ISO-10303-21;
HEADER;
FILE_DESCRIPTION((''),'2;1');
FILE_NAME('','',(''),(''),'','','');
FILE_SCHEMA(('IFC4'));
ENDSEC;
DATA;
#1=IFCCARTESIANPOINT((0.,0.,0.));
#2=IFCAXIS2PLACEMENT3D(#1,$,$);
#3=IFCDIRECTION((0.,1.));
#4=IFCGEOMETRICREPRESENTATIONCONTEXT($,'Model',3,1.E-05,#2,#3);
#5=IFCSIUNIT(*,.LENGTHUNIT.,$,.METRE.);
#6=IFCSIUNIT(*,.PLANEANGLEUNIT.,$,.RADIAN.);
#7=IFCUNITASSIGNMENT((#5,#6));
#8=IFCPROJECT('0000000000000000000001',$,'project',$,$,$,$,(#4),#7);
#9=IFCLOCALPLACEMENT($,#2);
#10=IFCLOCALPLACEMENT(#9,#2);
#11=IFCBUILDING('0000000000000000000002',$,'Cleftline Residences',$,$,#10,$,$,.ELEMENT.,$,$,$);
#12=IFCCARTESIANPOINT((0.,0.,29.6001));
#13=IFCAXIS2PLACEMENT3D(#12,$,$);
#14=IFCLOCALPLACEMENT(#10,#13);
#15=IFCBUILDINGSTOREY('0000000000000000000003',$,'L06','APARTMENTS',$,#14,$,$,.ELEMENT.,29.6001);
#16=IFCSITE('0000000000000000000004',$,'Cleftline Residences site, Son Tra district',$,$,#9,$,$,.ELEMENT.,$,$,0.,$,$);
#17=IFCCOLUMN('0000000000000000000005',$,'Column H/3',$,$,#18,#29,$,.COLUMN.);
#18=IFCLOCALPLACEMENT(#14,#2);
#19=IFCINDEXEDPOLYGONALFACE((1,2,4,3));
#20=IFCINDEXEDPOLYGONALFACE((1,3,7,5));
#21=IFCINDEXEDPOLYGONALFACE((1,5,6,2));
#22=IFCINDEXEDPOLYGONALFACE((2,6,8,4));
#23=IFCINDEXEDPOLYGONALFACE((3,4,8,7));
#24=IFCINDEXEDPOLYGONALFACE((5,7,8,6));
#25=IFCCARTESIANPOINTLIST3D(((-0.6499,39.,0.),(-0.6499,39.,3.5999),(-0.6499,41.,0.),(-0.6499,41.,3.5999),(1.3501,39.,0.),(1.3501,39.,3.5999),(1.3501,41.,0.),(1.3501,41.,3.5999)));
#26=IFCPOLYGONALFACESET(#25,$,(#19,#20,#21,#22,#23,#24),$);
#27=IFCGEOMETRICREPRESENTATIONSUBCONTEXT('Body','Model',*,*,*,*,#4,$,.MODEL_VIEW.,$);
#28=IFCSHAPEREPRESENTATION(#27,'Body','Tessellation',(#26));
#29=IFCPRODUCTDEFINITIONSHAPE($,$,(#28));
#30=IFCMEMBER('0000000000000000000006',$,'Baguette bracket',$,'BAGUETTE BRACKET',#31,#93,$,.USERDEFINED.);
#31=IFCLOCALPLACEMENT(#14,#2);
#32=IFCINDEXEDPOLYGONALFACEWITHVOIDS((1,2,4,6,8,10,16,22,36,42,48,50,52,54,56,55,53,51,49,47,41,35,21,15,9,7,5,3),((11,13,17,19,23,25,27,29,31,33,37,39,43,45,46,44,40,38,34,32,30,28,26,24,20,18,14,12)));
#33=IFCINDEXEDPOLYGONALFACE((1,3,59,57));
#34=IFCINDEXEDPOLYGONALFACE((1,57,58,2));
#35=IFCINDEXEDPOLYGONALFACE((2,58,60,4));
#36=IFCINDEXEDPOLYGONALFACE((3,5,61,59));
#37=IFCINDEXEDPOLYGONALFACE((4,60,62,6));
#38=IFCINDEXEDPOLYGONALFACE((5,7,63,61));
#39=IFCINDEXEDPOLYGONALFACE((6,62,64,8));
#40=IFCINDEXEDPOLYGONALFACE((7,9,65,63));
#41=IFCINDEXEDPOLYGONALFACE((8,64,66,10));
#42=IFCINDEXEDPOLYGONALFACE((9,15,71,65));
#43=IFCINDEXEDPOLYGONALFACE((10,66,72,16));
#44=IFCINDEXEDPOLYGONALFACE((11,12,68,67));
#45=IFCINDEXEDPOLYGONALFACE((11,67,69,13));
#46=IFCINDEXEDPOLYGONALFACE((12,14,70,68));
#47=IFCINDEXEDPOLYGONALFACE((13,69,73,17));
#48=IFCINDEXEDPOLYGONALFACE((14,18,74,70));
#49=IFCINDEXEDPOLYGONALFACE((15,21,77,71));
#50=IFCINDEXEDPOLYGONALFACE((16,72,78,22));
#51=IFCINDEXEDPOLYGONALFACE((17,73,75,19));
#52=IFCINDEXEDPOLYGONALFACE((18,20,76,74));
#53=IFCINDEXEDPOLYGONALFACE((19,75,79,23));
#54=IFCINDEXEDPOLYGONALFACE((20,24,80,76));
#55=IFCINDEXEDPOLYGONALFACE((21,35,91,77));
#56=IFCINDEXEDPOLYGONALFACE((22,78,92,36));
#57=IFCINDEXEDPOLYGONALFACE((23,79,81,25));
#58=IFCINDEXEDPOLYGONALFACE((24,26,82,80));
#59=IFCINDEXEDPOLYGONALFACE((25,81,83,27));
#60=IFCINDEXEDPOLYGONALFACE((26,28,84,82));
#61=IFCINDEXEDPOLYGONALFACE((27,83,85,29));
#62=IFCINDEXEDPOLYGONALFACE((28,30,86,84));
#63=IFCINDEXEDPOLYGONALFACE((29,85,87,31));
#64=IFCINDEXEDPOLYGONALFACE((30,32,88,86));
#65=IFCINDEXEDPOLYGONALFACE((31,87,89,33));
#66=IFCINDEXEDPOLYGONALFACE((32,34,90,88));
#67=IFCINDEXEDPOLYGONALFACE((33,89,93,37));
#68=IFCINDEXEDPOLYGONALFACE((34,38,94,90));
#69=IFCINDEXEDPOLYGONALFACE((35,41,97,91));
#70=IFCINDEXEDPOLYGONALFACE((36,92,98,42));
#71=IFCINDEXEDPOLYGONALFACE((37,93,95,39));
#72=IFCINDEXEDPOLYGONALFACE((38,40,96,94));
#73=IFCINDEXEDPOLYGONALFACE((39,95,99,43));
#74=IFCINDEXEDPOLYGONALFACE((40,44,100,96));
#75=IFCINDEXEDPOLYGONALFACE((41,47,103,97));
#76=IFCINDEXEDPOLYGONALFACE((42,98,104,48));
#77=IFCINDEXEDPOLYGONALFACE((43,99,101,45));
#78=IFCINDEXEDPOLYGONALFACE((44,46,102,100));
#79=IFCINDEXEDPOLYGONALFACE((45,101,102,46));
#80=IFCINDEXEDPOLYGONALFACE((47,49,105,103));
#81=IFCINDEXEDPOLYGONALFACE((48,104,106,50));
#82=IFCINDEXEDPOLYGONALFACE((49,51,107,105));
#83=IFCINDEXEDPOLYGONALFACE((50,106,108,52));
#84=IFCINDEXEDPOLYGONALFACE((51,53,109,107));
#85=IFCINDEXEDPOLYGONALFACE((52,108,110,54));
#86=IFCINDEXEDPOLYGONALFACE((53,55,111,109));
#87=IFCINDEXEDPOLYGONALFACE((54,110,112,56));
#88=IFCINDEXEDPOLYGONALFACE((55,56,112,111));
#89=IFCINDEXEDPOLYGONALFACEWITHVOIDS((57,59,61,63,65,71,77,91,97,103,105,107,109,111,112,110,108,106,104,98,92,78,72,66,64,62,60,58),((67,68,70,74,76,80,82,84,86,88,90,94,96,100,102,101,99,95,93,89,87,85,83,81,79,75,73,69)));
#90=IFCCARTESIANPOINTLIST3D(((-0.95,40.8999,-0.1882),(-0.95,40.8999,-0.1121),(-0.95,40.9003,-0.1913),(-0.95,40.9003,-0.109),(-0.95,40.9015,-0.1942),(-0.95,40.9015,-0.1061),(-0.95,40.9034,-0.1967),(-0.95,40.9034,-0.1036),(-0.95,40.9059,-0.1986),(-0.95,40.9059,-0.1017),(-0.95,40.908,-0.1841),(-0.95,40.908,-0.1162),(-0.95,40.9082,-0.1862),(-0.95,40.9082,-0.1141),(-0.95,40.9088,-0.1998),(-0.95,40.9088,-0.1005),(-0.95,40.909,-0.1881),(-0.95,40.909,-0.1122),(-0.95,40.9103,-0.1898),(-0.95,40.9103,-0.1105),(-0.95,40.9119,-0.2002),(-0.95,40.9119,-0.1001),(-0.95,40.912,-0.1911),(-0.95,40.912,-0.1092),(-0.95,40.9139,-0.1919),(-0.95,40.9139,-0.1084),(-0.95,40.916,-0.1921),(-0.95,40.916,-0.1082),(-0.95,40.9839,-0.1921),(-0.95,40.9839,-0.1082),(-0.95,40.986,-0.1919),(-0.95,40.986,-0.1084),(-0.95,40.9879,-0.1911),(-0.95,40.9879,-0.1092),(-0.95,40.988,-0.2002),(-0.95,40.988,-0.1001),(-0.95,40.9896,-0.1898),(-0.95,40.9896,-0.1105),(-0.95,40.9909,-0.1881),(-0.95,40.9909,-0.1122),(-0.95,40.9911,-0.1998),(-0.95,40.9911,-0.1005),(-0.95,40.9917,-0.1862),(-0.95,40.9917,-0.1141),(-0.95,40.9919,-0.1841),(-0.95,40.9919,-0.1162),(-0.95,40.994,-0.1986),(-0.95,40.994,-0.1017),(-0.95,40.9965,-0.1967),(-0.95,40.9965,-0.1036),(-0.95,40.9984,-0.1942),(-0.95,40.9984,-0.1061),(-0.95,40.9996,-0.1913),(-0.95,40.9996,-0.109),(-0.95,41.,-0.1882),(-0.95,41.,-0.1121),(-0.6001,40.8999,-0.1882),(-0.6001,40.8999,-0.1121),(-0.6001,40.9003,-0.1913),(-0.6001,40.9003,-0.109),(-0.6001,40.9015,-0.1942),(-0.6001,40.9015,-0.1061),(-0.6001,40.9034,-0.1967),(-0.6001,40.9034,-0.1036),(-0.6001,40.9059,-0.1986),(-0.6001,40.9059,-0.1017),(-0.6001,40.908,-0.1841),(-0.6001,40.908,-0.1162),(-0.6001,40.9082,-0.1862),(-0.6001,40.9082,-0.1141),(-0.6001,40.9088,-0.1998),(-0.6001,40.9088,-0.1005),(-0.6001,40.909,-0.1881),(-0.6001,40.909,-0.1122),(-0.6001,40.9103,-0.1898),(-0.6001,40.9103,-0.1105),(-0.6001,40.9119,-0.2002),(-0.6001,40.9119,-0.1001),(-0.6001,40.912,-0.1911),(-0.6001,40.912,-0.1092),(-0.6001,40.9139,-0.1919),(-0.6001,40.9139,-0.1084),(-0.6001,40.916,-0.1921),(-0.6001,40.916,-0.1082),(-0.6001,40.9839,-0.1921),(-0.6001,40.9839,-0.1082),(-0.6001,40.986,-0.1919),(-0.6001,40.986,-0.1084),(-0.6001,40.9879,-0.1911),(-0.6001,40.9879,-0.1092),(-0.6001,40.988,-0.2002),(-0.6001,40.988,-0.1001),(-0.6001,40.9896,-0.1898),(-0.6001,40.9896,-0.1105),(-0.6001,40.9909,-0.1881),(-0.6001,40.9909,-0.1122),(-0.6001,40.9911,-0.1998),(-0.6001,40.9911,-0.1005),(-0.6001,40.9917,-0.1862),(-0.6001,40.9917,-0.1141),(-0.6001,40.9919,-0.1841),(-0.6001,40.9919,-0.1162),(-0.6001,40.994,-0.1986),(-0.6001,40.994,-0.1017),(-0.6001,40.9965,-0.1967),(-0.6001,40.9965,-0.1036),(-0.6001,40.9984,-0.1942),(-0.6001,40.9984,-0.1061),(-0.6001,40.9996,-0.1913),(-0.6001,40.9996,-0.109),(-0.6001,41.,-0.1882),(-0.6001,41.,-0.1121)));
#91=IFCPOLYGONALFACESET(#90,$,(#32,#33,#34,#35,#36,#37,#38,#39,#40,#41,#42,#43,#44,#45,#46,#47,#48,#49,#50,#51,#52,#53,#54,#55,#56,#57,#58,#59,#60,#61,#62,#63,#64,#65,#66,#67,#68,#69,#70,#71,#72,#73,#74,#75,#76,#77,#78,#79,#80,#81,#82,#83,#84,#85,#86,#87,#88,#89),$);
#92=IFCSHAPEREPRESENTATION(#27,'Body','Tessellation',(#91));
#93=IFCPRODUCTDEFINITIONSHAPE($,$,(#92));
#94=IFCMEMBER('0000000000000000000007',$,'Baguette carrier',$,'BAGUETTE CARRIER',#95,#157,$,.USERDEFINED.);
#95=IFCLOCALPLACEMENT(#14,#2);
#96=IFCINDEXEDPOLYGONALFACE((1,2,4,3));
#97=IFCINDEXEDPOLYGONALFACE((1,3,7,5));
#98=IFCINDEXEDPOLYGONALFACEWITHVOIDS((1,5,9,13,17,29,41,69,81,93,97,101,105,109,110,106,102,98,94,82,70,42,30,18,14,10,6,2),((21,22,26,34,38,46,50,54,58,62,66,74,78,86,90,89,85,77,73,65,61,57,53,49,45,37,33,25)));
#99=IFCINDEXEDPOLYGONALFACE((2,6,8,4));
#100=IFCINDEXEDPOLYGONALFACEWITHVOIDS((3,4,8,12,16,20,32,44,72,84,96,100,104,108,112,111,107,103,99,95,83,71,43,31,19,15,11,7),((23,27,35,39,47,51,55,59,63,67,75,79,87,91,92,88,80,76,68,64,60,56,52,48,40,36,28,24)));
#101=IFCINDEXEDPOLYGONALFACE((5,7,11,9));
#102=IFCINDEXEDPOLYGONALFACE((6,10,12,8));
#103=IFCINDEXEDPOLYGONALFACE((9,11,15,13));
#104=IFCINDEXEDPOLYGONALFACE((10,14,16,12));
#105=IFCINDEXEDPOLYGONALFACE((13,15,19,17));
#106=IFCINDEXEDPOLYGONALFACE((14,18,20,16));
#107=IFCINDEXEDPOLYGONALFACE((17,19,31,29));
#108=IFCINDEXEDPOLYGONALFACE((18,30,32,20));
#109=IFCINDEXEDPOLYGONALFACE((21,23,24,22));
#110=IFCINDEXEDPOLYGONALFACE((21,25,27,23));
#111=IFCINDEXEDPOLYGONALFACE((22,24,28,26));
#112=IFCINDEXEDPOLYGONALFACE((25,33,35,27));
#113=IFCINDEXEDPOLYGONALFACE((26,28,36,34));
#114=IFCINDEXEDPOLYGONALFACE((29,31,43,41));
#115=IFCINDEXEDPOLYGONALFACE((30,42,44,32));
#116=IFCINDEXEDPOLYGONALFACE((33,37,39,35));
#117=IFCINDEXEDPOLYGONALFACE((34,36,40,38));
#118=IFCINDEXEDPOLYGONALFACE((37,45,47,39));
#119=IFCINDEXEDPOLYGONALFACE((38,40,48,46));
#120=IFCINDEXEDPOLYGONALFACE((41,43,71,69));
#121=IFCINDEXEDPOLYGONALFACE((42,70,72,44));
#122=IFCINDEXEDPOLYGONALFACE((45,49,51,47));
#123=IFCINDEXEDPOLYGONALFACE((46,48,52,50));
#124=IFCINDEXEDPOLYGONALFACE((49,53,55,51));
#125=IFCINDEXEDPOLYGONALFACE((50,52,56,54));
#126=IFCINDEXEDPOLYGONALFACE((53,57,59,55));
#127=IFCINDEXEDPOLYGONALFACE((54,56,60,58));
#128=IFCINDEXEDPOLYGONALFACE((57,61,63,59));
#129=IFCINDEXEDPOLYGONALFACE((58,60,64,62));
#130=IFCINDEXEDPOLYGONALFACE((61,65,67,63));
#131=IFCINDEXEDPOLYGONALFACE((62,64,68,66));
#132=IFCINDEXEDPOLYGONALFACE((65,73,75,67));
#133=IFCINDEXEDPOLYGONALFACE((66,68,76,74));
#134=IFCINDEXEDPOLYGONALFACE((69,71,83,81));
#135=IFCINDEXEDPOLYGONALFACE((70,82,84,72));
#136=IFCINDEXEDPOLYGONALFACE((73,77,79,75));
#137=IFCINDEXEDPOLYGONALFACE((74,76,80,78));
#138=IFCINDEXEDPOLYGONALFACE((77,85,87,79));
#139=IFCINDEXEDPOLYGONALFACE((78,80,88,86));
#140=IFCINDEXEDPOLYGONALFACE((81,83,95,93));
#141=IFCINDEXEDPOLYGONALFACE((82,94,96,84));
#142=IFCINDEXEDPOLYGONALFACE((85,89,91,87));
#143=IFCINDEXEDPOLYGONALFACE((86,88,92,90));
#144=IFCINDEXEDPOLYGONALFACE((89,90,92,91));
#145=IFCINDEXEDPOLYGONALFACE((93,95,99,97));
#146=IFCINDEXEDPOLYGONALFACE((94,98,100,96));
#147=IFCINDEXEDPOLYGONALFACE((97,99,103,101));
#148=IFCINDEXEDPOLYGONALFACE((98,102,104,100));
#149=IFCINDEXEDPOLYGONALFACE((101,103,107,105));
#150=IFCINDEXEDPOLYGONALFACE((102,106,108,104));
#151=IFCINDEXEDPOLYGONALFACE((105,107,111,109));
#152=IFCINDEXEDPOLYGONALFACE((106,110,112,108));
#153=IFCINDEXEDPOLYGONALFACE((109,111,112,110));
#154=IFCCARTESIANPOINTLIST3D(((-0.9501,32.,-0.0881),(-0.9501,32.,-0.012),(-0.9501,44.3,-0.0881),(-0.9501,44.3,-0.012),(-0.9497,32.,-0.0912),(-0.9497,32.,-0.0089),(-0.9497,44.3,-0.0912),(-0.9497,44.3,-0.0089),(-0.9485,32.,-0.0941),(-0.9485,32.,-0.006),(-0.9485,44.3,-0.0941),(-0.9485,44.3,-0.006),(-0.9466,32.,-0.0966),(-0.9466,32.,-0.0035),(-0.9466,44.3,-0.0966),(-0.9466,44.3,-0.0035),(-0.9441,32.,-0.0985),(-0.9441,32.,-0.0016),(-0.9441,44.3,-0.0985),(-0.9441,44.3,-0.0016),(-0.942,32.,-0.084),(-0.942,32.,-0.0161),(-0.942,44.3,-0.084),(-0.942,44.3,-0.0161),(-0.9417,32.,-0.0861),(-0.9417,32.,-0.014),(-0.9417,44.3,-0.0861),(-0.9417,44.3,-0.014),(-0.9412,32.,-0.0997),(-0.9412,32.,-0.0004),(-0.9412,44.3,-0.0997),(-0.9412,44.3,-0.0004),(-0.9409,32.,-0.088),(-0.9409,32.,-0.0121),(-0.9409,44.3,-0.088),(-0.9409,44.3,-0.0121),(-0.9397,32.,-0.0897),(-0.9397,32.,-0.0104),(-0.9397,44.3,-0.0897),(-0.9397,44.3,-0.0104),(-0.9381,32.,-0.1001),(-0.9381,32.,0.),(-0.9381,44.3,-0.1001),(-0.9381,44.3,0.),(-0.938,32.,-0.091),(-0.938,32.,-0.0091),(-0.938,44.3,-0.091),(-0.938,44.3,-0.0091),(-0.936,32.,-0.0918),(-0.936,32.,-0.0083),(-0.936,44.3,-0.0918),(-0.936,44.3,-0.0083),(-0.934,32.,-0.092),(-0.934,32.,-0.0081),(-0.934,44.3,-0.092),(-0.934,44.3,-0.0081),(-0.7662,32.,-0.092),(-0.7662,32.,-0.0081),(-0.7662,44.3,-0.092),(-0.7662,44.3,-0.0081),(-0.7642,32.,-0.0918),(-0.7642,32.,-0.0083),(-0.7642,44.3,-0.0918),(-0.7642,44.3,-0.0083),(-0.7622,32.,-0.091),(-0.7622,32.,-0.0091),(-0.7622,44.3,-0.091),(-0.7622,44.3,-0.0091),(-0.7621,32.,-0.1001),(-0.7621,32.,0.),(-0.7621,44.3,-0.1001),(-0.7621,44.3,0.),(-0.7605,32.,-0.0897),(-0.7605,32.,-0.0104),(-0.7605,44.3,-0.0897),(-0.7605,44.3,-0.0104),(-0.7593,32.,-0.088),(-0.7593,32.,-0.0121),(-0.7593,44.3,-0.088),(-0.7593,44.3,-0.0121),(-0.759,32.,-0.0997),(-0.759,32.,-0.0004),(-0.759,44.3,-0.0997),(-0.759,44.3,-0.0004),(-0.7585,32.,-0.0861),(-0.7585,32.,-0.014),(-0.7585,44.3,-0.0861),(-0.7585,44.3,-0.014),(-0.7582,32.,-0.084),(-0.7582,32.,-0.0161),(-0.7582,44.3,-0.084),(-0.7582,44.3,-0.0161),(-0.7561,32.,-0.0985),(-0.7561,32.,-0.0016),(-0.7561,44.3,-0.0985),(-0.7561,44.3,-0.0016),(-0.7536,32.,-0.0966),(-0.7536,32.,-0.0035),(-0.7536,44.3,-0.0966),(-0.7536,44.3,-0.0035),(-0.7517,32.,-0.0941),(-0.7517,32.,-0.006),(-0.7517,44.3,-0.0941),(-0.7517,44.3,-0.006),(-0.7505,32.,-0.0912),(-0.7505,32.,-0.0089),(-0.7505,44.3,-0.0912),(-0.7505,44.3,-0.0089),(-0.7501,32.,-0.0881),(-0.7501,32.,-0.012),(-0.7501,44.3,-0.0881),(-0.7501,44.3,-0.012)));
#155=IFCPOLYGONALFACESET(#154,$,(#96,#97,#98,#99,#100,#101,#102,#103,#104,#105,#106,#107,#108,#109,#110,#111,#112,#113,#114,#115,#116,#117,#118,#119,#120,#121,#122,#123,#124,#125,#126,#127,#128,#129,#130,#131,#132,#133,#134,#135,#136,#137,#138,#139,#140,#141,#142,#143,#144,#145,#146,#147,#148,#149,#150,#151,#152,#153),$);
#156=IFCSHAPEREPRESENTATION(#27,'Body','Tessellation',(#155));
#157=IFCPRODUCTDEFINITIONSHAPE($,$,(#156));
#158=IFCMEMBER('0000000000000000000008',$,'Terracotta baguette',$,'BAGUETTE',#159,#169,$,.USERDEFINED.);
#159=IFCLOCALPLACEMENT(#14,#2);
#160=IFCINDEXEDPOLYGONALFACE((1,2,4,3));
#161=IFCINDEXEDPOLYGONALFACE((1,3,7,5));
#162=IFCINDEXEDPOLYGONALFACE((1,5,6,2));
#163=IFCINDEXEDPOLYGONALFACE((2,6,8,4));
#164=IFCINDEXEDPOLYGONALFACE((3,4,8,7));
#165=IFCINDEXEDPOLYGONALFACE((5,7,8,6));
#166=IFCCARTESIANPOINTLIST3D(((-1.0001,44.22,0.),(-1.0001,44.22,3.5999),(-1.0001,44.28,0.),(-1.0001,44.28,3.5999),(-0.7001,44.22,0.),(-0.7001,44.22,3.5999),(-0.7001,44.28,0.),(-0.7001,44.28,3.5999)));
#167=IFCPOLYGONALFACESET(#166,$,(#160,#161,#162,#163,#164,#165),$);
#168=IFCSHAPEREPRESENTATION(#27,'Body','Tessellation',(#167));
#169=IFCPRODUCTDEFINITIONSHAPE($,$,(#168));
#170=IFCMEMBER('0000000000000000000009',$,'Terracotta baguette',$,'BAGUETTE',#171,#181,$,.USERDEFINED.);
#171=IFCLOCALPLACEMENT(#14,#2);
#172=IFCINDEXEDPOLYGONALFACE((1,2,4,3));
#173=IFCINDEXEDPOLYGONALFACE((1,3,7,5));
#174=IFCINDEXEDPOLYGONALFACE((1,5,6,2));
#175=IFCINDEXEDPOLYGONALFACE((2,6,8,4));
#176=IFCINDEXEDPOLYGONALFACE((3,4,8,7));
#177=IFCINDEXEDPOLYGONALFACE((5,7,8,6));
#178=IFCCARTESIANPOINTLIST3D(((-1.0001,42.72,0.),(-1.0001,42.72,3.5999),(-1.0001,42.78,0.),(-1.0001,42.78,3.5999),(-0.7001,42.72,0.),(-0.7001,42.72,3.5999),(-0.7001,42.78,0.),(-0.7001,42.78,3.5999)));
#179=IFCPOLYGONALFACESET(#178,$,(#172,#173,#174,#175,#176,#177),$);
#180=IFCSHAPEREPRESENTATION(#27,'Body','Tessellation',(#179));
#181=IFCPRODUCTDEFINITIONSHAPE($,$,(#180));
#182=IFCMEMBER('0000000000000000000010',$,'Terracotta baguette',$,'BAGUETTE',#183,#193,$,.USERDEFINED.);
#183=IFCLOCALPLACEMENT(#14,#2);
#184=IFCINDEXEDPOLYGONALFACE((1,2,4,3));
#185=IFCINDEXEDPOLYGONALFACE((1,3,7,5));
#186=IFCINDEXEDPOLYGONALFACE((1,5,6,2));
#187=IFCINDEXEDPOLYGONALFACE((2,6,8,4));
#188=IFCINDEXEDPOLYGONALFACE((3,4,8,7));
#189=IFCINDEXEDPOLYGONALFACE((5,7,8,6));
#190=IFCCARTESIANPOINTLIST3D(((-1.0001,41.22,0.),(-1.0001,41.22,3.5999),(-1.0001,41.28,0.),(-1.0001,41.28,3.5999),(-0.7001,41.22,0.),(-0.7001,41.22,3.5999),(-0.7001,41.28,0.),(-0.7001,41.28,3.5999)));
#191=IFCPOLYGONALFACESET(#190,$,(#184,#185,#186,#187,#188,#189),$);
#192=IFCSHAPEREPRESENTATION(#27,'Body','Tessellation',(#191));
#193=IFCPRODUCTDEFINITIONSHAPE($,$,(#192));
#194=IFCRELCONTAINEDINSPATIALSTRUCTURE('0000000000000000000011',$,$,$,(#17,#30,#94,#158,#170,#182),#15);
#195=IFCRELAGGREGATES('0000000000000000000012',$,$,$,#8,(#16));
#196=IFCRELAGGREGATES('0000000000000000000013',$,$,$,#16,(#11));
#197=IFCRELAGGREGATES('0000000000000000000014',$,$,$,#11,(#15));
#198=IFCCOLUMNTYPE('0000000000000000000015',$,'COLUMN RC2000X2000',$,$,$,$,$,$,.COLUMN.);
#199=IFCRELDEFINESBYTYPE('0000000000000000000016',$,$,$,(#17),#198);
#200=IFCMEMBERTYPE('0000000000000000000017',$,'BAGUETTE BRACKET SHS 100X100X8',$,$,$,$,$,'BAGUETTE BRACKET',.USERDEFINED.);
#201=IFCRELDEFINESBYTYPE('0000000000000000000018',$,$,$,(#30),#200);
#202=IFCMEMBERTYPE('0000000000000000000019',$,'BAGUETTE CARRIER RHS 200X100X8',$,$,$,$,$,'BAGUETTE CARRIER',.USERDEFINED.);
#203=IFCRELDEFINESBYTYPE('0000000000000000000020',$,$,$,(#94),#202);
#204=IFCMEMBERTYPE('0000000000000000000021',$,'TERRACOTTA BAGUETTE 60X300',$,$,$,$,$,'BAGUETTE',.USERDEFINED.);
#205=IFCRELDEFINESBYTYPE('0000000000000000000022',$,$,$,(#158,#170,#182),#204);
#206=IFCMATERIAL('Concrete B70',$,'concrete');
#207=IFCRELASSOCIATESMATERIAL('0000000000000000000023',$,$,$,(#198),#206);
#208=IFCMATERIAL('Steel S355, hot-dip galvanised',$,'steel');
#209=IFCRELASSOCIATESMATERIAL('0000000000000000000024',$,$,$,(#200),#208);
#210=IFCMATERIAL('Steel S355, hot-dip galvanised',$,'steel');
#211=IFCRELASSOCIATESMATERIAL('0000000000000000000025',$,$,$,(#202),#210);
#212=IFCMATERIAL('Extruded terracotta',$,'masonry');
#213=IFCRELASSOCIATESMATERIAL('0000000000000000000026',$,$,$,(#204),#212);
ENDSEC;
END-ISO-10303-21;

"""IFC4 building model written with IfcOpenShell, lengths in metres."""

from ifc_helpers import new_model, si_unit, direction, frame, origin, origin_2d, place, context, subcontext, project, spatial, rectangle, hollow_rectangle, extrude, material, material_profile, profile_set, type_object, element, save


model = new_model("IFC4")

# Units and contexts
model_context = context("Model", 3, precision=1e-05, world=origin(), true_north=direction((0.0, 1.0)))
body_context = subcontext(model_context, "Body", "Model", "MODEL_VIEW")
ifc_project = project(units=[si_unit("LENGTHUNIT", "METRE"), si_unit("PLANEANGLEUNIT", "RADIAN")], contexts=[model_context])

# Site, building, storey
site_placement = place(None, origin())
site = spatial("IfcSite", under=ifc_project, at=site_placement, Name="Cleftline Residences site, Son Tra district", CompositionType="ELEMENT", RefElevation=0.0)
building_placement = place(site_placement, origin())
building = spatial("IfcBuilding", under=site, at=building_placement, Name="Cleftline Residences", CompositionType="ELEMENT")
storey_placement = place(building_placement, frame((0.0, 0.0, 29.6001)))
storey = spatial("IfcBuildingStorey", under=building, at=storey_placement, Name="L06", Description="APARTMENTS", CompositionType="ELEMENT", Elevation=29.6001)

# Column
ifc_material_1 = material(Name="Concrete B70", Category="concrete")
ifc_material_profile_1 = material_profile(ifc_material_1, rectangle(XDim=2.0, YDim=2.0, at=origin_2d()))
ifc_profile_set_1 = profile_set([ifc_material_profile_1], Name="Concrete B70")
column_type = type_object("IfcColumnType", Name="COLUMN RC2000X2000", PredefinedType="COLUMN", material=ifc_profile_set_1)
column_placement = place(storey_placement, frame((0.3501, 40.0, 0.0), z_axis=(0.0, 0.0, 1.0), x_axis=(1.0, 0.0, 0.0)))
element("IfcColumn", 1, at=column_placement, inside=storey, type_object=column_type, Name="Column H/3", PredefinedType="COLUMN", context=body_context, shape_type="SweptSolid", body=[
    extrude(rectangle(XDim=2.0, YDim=2.0, at=origin_2d()), origin(), (0.0, 0.0, 1.0), 3.5999),
])

# Members
ifc_material_2 = material(Name="Steel S355, hot-dip galvanised", Category="steel")
ifc_material_profile_2 = material_profile(ifc_material_2, hollow_rectangle(XDim=0.1001, YDim=0.1001, WallThickness=0.0081, InnerFilletRadius=0.0081, OuterFilletRadius=0.012, at=origin_2d()))
ifc_profile_set_2 = profile_set([ifc_material_profile_2], Name="Steel S355, hot-dip galvanised")
member_type_1 = type_object("IfcMemberType", Name="BAGUETTE BRACKET SHS 100X100X8", ElementType="BAGUETTE BRACKET", PredefinedType="USERDEFINED", material=ifc_profile_set_2)
member_1_placement = place(storey_placement, frame((-0.6001, 40.95, -0.1501), z_axis=(-1.0, 0.0, 0.0), x_axis=(0.0, -1.0, 0.0)))
element("IfcMember", 2, at=member_1_placement, inside=storey, type_object=member_type_1, Name="Baguette bracket", ObjectType="BAGUETTE BRACKET", PredefinedType="USERDEFINED", context=body_context, shape_type="SweptSolid", body=[
    extrude(hollow_rectangle(XDim=0.1001, YDim=0.1001, WallThickness=0.0081, InnerFilletRadius=0.0081, OuterFilletRadius=0.012, at=origin_2d()), origin(), (0.0, 0.0, 1.0), 0.3499),
])
ifc_material_3 = material(Name="Steel S355, hot-dip galvanised", Category="steel")
ifc_material_profile_3 = material_profile(ifc_material_3, hollow_rectangle(XDim=0.1001, YDim=0.2, WallThickness=0.0081, InnerFilletRadius=0.0081, OuterFilletRadius=0.012, at=origin_2d()))
ifc_profile_set_3 = profile_set([ifc_material_profile_3], Name="Steel S355, hot-dip galvanised")
member_type_2 = type_object("IfcMemberType", Name="BAGUETTE CARRIER RHS 200X100X8", ElementType="BAGUETTE CARRIER", PredefinedType="USERDEFINED", material=ifc_profile_set_3)
member_2_placement = place(storey_placement, frame((-0.8501, 44.3, -0.05), z_axis=(0.0, -1.0, 0.0), x_axis=(0.0, 0.0, 1.0)))
element("IfcMember", 3, at=member_2_placement, inside=storey, type_object=member_type_2, Name="Baguette carrier", ObjectType="BAGUETTE CARRIER", PredefinedType="USERDEFINED", context=body_context, shape_type="SweptSolid", body=[
    extrude(hollow_rectangle(XDim=0.1001, YDim=0.2, WallThickness=0.0081, InnerFilletRadius=0.0081, OuterFilletRadius=0.012, at=origin_2d()), origin(), (0.0, 0.0, 1.0), 12.3),
])
ifc_material_4 = material(Name="Extruded terracotta", Category="masonry")
ifc_material_profile_4 = material_profile(ifc_material_4, rectangle(XDim=0.0601, YDim=0.3, at=origin_2d()))
ifc_profile_set_4 = profile_set([ifc_material_profile_4], Name="Extruded terracotta")
member_type_3 = type_object("IfcMemberType", Name="TERRACOTTA BAGUETTE 60X300", ElementType="BAGUETTE", PredefinedType="USERDEFINED", material=ifc_profile_set_4)
for number, where, z_axis, x_axis, name in (
    (4, (-0.8501, 44.25, 0.0), (0.0, 0.0, 1.0), (0.0, 1.0, 0.0), "Terracotta baguette"),
    (5, (-0.8501, 42.75, 0.0), (0.0, 0.0, 1.0), (0.0, 1.0, 0.0), "Terracotta baguette"),
    (6, (-0.8501, 41.25, 0.0), (0.0, 0.0, 1.0), (0.0, 1.0, 0.0), "Terracotta baguette"),
):
    element("IfcMember", number, at=place(storey_placement, frame(where, z_axis=z_axis, x_axis=x_axis)), inside=storey, type_object=member_type_3, Name=name, ObjectType="BAGUETTE", PredefinedType="USERDEFINED", context=body_context, shape_type="SweptSolid", body=[
        extrude(rectangle(XDim=0.0601, YDim=0.3, at=origin_2d()), origin(), (0.0, 0.0, 1.0), 3.5999),
    ])

save(model, "model.ifc")
